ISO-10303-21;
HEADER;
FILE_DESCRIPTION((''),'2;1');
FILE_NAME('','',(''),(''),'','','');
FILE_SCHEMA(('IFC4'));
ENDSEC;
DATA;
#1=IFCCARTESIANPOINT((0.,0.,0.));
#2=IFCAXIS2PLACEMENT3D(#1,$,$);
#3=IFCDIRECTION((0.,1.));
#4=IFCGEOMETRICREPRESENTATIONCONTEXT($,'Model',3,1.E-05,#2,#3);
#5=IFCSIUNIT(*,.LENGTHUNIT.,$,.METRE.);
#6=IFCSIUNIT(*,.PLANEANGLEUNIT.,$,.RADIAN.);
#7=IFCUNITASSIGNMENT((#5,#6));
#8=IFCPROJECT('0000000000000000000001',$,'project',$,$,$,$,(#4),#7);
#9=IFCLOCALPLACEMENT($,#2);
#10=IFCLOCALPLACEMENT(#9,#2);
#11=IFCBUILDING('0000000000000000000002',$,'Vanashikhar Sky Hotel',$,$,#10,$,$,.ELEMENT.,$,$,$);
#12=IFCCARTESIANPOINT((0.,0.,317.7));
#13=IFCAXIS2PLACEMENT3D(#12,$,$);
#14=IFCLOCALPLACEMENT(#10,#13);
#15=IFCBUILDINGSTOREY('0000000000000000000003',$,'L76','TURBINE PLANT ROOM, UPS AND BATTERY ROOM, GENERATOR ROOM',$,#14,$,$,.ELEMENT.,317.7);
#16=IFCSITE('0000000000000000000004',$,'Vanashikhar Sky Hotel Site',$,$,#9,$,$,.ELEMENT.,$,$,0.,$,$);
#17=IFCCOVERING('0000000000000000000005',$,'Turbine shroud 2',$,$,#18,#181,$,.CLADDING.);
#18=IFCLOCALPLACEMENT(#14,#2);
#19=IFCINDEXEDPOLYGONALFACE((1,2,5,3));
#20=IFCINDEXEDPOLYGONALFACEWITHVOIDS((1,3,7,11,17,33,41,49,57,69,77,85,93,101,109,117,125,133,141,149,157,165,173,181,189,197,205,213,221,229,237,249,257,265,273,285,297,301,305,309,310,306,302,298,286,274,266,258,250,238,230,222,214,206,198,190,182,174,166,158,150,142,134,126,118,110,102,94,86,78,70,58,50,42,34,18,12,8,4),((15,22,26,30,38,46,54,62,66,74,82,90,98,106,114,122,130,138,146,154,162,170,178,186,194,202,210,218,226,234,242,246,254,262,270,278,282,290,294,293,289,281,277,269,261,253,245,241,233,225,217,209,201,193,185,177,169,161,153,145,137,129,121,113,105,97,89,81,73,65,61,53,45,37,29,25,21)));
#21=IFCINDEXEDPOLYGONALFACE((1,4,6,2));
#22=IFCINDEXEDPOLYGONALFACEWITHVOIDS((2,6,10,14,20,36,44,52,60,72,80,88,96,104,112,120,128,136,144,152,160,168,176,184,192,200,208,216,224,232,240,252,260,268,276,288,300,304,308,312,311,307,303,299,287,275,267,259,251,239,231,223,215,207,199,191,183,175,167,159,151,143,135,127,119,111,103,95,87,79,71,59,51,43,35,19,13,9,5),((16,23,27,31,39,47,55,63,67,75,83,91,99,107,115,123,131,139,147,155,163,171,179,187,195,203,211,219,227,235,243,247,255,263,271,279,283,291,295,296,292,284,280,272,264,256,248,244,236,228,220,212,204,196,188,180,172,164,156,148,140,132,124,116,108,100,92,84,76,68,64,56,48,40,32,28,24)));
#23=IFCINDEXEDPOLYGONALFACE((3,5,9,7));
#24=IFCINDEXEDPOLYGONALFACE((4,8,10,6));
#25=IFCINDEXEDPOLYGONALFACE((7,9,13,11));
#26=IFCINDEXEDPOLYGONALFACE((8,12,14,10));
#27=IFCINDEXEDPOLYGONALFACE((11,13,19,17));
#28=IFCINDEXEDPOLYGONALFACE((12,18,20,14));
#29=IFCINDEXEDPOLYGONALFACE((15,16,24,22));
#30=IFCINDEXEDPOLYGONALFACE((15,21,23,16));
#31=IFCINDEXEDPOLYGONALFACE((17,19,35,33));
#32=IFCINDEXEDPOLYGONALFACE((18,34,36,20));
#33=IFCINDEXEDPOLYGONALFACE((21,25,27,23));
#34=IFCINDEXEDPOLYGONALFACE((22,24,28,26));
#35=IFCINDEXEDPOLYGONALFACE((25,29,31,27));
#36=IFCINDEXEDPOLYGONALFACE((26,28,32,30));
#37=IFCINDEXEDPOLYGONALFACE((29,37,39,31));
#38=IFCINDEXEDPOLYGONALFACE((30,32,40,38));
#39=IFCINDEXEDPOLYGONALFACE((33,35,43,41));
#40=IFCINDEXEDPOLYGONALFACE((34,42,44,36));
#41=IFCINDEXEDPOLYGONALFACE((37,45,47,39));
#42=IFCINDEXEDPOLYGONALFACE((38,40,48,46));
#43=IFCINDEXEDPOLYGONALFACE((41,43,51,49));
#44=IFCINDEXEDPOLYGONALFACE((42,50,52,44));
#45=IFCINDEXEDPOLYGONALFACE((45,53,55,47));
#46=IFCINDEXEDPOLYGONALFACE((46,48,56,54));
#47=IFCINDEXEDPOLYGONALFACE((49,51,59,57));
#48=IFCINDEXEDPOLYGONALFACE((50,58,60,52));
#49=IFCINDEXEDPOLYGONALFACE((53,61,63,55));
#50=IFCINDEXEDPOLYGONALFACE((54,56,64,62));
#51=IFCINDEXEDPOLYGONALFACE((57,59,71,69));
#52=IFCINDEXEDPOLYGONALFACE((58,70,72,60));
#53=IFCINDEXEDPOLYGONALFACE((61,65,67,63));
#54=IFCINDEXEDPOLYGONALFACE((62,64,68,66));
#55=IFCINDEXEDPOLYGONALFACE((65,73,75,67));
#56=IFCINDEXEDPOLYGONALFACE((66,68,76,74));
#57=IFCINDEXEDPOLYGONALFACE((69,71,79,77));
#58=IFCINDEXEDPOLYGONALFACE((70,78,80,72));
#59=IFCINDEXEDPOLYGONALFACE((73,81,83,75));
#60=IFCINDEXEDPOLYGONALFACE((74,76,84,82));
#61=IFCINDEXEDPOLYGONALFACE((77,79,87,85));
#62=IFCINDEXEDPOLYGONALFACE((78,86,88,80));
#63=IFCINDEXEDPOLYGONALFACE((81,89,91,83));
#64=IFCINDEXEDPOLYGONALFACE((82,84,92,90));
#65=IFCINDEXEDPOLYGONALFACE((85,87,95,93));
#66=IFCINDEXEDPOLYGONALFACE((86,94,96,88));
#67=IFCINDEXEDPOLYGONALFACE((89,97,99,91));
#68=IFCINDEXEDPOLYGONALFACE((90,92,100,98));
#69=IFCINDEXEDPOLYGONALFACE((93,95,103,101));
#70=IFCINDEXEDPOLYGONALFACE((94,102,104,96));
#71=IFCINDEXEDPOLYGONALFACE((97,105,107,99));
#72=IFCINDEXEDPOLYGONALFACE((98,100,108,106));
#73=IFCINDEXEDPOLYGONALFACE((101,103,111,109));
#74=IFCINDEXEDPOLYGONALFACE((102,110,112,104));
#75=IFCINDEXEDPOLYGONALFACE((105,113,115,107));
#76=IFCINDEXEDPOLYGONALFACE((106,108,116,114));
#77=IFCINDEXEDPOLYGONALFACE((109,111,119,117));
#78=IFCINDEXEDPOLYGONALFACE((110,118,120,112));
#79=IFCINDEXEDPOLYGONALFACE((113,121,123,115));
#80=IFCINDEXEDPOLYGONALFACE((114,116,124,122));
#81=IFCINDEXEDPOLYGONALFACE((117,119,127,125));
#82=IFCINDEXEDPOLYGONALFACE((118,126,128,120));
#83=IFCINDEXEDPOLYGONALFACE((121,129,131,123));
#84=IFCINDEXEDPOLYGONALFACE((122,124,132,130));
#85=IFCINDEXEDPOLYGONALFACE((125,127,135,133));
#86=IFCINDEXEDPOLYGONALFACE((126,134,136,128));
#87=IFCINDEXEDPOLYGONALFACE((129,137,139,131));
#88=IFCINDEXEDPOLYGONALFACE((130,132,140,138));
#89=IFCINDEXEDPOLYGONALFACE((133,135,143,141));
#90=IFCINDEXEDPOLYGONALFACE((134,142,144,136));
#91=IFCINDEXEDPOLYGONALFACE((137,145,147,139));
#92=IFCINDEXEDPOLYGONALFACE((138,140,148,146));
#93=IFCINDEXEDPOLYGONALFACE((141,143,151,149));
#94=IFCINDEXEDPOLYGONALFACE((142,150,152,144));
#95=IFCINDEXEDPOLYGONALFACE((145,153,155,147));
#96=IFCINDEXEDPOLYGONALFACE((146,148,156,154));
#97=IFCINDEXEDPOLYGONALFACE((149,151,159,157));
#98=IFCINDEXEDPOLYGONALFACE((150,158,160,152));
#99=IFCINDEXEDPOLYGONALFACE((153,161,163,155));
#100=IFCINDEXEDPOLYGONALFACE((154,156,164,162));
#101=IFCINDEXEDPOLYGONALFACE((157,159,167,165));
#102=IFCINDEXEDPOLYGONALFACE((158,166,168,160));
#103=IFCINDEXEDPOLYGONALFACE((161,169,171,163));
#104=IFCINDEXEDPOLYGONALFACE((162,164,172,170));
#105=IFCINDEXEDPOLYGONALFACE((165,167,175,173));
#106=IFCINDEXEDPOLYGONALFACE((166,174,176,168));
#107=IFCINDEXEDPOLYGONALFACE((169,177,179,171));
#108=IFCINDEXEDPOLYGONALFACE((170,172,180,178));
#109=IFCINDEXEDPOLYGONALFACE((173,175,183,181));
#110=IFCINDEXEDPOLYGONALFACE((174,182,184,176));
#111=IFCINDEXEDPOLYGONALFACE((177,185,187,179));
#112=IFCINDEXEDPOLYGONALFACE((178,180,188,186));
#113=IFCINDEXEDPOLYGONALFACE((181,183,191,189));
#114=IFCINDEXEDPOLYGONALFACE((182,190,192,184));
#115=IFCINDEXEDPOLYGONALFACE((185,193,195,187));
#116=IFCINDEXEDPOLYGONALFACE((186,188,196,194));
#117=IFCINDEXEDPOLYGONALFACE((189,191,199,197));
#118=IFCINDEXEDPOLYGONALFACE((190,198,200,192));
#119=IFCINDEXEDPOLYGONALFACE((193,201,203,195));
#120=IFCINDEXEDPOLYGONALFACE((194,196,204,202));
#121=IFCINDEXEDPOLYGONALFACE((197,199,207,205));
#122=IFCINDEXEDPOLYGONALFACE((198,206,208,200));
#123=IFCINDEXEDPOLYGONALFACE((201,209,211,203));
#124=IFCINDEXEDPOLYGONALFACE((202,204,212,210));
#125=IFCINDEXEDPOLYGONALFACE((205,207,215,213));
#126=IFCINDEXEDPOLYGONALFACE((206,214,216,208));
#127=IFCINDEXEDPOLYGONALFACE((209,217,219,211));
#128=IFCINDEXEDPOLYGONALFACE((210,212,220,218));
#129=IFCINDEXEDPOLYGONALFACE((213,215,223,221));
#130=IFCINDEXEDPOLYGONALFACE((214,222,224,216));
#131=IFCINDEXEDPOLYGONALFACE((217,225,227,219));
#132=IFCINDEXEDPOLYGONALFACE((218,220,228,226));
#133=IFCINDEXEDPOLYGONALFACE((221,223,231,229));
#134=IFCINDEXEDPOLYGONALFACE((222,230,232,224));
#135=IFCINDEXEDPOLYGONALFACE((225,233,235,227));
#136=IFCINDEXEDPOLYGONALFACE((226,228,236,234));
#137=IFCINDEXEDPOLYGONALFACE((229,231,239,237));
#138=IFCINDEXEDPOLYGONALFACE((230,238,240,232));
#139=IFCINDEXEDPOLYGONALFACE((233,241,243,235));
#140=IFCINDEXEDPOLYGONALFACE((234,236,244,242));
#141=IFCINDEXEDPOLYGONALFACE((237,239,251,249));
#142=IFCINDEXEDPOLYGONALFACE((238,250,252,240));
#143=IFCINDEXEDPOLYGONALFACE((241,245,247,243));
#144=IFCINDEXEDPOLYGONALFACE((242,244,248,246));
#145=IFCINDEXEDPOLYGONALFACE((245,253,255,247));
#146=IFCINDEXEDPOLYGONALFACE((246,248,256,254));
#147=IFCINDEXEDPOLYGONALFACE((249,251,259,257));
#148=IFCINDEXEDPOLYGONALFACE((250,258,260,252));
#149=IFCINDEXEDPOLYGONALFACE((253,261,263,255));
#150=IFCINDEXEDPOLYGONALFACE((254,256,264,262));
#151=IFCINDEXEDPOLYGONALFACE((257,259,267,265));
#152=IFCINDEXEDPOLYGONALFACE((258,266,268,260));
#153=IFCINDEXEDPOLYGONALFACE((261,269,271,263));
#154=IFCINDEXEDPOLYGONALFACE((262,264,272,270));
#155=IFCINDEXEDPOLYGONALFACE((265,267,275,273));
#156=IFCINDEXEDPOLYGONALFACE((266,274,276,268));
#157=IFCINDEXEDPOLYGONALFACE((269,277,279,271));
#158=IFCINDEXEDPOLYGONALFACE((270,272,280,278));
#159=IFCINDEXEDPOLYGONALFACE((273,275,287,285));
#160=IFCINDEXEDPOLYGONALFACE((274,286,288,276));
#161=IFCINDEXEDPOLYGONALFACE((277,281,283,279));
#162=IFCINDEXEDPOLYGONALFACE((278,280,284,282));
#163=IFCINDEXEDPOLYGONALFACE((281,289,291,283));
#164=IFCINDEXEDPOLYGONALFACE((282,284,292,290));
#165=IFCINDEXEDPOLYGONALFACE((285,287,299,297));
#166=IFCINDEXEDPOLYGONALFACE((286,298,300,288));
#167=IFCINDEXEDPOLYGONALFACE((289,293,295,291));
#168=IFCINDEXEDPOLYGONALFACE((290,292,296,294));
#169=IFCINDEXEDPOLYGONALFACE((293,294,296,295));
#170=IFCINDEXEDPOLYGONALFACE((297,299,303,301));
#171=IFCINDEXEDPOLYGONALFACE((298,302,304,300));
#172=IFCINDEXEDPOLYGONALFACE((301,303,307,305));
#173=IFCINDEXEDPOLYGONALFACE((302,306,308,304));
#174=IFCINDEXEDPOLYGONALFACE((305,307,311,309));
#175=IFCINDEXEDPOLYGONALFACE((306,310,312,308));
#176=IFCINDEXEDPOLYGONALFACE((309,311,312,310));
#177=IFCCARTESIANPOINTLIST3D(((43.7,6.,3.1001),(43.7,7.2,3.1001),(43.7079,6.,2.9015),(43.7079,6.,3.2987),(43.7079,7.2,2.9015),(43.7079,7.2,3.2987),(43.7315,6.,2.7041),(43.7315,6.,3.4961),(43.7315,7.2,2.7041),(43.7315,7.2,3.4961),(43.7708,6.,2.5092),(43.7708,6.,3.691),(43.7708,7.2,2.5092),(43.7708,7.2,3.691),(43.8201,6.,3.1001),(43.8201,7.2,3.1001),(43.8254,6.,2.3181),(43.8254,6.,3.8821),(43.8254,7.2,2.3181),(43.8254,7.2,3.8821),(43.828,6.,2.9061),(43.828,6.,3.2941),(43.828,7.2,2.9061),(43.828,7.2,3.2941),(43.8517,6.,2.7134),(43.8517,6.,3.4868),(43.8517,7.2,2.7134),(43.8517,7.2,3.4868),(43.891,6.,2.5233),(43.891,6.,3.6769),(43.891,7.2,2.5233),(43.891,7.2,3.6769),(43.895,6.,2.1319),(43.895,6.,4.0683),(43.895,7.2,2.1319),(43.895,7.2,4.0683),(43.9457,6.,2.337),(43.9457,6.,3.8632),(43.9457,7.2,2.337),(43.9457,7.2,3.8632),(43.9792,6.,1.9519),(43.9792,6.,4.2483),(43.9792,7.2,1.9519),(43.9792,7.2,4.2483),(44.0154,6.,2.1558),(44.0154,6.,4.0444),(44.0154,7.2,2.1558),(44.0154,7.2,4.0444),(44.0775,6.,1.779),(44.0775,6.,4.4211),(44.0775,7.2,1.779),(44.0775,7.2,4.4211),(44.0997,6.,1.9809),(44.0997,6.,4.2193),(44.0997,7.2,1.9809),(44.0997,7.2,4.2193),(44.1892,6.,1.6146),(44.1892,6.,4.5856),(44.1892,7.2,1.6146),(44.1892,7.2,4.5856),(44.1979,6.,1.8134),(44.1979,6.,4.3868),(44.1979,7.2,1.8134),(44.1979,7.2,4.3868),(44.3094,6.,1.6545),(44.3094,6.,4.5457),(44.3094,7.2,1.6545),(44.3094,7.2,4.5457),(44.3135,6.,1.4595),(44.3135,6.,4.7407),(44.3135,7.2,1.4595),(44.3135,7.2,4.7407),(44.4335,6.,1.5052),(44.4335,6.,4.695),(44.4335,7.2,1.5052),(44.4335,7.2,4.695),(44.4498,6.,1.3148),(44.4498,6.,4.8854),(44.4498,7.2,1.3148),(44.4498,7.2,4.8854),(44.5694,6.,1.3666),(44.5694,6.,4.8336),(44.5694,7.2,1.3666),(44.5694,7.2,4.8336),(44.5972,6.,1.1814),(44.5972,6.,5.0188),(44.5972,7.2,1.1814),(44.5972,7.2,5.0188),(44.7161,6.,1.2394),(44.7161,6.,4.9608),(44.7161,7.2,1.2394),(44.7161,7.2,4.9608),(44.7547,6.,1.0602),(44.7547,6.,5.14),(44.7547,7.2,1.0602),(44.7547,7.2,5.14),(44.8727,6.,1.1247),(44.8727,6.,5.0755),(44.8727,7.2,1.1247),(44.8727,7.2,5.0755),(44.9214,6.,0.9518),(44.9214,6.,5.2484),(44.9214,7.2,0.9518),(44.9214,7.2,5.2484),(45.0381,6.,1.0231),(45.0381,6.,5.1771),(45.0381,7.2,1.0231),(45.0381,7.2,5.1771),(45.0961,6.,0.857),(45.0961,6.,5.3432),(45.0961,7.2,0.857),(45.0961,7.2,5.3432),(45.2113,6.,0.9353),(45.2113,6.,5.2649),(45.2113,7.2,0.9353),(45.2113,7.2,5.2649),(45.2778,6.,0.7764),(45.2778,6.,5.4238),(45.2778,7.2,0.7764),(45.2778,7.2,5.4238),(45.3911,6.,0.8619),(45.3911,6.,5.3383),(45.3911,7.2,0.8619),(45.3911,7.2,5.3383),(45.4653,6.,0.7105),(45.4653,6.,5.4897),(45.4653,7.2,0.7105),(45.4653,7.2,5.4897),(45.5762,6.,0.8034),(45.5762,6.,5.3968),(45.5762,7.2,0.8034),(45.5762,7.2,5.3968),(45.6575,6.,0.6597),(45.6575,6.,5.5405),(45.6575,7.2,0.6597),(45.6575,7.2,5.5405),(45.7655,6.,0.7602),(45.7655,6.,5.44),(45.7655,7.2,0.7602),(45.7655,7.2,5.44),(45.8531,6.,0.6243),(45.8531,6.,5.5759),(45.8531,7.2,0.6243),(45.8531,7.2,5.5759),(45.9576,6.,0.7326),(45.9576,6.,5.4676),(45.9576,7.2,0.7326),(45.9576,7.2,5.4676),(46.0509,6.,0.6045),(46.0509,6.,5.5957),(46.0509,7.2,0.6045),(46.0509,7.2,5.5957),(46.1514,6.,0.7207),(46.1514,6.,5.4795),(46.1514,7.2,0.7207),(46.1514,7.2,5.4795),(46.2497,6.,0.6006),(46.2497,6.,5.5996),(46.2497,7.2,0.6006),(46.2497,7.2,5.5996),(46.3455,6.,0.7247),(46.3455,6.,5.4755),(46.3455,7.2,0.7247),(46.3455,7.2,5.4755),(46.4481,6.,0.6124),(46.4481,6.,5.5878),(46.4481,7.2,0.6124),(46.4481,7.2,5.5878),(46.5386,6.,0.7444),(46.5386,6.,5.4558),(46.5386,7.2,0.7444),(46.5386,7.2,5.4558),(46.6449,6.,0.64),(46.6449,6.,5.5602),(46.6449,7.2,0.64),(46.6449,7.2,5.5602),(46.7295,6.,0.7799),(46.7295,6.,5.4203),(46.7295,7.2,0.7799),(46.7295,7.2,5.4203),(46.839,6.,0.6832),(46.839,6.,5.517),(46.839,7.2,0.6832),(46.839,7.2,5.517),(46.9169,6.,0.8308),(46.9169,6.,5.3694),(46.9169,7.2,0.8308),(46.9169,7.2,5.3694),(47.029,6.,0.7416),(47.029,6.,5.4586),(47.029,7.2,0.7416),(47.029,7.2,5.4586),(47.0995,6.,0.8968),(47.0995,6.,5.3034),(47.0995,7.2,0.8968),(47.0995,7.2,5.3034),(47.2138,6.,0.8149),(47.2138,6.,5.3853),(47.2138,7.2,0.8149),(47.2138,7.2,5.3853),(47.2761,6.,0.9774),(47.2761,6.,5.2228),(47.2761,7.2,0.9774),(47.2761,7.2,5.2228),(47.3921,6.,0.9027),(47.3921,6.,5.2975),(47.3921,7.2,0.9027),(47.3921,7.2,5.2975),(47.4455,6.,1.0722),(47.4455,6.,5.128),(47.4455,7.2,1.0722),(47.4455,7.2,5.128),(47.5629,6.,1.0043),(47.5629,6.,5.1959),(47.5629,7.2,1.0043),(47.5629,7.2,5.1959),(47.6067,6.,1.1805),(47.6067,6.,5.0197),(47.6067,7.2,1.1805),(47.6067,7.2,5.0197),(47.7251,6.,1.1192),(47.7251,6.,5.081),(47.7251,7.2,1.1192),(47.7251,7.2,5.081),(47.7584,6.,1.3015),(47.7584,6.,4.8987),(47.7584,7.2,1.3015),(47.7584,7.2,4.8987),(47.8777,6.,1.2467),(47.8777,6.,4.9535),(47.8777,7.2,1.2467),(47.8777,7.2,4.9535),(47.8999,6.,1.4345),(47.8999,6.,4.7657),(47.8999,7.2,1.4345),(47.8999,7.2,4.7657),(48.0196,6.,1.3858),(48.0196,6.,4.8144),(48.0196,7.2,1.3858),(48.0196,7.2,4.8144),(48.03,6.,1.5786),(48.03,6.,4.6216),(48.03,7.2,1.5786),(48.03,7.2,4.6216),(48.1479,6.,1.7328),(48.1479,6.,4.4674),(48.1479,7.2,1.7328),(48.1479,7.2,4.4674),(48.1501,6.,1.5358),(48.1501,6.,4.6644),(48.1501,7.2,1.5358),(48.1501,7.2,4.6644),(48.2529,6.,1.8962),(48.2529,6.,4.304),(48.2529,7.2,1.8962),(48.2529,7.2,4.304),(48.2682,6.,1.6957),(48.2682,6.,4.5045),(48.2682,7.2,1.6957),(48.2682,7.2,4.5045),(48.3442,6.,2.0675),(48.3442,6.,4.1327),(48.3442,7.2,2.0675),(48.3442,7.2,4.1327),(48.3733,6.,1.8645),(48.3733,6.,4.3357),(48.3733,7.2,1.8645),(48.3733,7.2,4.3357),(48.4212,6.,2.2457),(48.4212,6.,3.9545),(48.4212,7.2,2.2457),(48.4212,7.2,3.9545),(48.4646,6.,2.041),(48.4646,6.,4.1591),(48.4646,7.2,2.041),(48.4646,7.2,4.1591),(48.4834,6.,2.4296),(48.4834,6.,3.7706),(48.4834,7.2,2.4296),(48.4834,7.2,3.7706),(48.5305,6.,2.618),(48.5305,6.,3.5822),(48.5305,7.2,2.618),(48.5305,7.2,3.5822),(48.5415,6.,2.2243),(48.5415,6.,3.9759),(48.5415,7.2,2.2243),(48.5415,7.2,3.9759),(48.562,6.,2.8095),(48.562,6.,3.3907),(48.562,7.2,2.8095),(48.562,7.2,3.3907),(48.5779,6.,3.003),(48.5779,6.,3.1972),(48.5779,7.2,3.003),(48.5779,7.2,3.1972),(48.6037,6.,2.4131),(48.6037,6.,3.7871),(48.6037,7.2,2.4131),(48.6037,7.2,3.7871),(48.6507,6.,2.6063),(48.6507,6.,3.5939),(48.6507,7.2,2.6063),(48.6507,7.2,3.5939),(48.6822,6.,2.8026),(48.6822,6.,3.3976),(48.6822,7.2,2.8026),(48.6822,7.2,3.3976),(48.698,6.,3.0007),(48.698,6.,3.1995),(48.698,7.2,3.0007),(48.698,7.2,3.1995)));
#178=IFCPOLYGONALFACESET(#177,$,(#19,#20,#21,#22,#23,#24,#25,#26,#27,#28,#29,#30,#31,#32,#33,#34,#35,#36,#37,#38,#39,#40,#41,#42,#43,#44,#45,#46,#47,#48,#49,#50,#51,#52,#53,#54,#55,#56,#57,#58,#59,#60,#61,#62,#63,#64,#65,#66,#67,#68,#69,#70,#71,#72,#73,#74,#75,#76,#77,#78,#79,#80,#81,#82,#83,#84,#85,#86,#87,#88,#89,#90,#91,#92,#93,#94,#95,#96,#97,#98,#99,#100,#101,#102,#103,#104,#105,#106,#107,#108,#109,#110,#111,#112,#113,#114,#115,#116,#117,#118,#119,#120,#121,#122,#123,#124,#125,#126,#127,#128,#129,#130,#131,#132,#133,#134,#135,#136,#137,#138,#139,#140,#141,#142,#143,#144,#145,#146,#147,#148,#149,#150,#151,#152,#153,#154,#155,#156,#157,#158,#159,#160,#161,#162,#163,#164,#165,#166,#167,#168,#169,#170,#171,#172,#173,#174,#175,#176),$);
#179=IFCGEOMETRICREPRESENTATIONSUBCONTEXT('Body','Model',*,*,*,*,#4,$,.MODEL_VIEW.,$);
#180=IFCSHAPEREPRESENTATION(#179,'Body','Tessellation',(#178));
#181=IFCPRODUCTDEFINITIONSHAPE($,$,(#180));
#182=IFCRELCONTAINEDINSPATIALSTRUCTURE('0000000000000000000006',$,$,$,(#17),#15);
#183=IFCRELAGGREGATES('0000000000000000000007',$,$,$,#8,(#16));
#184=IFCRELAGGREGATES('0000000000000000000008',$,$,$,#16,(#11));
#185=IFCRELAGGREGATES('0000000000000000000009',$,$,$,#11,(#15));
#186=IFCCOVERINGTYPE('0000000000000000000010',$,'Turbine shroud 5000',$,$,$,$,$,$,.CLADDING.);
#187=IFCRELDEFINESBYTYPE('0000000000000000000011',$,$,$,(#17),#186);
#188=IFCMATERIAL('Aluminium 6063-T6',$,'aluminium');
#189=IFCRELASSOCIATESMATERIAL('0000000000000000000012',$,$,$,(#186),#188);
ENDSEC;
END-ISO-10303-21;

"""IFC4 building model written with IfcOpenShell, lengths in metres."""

from ifc_helpers import new_model, si_unit, direction, frame, origin, origin_2d, place, context, subcontext, project, spatial, hollow_circle, extrude, source, transform, mapped, material, material_profile, profile_set, type_object, element, save


model = new_model("IFC4")

# Units and contexts
model_context = context("Model", 3, precision=1e-05, world=origin(), true_north=direction((0.0, 1.0)))
body_context = subcontext(model_context, "Body", "Model", "MODEL_VIEW")
ifc_project = project(units=[si_unit("LENGTHUNIT", "METRE"), si_unit("PLANEANGLEUNIT", "RADIAN")], contexts=[model_context])

# Site, building, storey
site_placement = place(None, origin())
site = spatial("IfcSite", under=ifc_project, at=site_placement, Name="Vanashikhar Sky Hotel Site", CompositionType="ELEMENT", RefElevation=0.0)
building_placement = place(site_placement, origin())
building = spatial("IfcBuilding", under=site, at=building_placement, Name="Vanashikhar Sky Hotel", CompositionType="ELEMENT")
storey_placement = place(building_placement, frame((0.0, 0.0, 317.7)))
storey = spatial("IfcBuildingStorey", under=building, at=storey_placement, Name="L76", Description="TURBINE PLANT ROOM, UPS AND BATTERY ROOM, GENERATOR ROOM", CompositionType="ELEMENT", Elevation=317.7)

# Covering
ifc_material_1 = material(Name="Aluminium 6063-T6", Category="aluminium")
ifc_material_profile_1 = material_profile(ifc_material_1, hollow_circle(Radius=2.5, WallThickness=0.1201, at=origin_2d()))
ifc_profile_set_1 = profile_set([ifc_material_profile_1], Name="Turbine shroud 5000")
covering_type_1 = type_object("IfcCoveringType", Name="Turbine shroud 5000", PredefinedType="CLADDING", material=ifc_profile_set_1)
shared_shape_1 = source(origin(), body_context, "Body", "SweptSolid", [
    extrude(hollow_circle(Radius=2.5, WallThickness=0.1201, at=origin_2d()), origin(), (0.0, 0.0, 1.0), 1.2),
])
covering_1_placement = place(storey_placement, frame((46.2, 6.0, 3.1001), z_axis=(0.0, 1.0, 0.0), x_axis=(-1.0, 0.0, 0.0)))
element("IfcCovering", 1, at=covering_1_placement, inside=storey, type_object=covering_type_1, Name="Turbine shroud 2", PredefinedType="CLADDING", context=body_context, shape_type="MappedRepresentation", body=[
    mapped(shared_shape_1, transform((0.0, 0.0, 0.0), scale=1.0)),
])

save(model, "model.ifc")
